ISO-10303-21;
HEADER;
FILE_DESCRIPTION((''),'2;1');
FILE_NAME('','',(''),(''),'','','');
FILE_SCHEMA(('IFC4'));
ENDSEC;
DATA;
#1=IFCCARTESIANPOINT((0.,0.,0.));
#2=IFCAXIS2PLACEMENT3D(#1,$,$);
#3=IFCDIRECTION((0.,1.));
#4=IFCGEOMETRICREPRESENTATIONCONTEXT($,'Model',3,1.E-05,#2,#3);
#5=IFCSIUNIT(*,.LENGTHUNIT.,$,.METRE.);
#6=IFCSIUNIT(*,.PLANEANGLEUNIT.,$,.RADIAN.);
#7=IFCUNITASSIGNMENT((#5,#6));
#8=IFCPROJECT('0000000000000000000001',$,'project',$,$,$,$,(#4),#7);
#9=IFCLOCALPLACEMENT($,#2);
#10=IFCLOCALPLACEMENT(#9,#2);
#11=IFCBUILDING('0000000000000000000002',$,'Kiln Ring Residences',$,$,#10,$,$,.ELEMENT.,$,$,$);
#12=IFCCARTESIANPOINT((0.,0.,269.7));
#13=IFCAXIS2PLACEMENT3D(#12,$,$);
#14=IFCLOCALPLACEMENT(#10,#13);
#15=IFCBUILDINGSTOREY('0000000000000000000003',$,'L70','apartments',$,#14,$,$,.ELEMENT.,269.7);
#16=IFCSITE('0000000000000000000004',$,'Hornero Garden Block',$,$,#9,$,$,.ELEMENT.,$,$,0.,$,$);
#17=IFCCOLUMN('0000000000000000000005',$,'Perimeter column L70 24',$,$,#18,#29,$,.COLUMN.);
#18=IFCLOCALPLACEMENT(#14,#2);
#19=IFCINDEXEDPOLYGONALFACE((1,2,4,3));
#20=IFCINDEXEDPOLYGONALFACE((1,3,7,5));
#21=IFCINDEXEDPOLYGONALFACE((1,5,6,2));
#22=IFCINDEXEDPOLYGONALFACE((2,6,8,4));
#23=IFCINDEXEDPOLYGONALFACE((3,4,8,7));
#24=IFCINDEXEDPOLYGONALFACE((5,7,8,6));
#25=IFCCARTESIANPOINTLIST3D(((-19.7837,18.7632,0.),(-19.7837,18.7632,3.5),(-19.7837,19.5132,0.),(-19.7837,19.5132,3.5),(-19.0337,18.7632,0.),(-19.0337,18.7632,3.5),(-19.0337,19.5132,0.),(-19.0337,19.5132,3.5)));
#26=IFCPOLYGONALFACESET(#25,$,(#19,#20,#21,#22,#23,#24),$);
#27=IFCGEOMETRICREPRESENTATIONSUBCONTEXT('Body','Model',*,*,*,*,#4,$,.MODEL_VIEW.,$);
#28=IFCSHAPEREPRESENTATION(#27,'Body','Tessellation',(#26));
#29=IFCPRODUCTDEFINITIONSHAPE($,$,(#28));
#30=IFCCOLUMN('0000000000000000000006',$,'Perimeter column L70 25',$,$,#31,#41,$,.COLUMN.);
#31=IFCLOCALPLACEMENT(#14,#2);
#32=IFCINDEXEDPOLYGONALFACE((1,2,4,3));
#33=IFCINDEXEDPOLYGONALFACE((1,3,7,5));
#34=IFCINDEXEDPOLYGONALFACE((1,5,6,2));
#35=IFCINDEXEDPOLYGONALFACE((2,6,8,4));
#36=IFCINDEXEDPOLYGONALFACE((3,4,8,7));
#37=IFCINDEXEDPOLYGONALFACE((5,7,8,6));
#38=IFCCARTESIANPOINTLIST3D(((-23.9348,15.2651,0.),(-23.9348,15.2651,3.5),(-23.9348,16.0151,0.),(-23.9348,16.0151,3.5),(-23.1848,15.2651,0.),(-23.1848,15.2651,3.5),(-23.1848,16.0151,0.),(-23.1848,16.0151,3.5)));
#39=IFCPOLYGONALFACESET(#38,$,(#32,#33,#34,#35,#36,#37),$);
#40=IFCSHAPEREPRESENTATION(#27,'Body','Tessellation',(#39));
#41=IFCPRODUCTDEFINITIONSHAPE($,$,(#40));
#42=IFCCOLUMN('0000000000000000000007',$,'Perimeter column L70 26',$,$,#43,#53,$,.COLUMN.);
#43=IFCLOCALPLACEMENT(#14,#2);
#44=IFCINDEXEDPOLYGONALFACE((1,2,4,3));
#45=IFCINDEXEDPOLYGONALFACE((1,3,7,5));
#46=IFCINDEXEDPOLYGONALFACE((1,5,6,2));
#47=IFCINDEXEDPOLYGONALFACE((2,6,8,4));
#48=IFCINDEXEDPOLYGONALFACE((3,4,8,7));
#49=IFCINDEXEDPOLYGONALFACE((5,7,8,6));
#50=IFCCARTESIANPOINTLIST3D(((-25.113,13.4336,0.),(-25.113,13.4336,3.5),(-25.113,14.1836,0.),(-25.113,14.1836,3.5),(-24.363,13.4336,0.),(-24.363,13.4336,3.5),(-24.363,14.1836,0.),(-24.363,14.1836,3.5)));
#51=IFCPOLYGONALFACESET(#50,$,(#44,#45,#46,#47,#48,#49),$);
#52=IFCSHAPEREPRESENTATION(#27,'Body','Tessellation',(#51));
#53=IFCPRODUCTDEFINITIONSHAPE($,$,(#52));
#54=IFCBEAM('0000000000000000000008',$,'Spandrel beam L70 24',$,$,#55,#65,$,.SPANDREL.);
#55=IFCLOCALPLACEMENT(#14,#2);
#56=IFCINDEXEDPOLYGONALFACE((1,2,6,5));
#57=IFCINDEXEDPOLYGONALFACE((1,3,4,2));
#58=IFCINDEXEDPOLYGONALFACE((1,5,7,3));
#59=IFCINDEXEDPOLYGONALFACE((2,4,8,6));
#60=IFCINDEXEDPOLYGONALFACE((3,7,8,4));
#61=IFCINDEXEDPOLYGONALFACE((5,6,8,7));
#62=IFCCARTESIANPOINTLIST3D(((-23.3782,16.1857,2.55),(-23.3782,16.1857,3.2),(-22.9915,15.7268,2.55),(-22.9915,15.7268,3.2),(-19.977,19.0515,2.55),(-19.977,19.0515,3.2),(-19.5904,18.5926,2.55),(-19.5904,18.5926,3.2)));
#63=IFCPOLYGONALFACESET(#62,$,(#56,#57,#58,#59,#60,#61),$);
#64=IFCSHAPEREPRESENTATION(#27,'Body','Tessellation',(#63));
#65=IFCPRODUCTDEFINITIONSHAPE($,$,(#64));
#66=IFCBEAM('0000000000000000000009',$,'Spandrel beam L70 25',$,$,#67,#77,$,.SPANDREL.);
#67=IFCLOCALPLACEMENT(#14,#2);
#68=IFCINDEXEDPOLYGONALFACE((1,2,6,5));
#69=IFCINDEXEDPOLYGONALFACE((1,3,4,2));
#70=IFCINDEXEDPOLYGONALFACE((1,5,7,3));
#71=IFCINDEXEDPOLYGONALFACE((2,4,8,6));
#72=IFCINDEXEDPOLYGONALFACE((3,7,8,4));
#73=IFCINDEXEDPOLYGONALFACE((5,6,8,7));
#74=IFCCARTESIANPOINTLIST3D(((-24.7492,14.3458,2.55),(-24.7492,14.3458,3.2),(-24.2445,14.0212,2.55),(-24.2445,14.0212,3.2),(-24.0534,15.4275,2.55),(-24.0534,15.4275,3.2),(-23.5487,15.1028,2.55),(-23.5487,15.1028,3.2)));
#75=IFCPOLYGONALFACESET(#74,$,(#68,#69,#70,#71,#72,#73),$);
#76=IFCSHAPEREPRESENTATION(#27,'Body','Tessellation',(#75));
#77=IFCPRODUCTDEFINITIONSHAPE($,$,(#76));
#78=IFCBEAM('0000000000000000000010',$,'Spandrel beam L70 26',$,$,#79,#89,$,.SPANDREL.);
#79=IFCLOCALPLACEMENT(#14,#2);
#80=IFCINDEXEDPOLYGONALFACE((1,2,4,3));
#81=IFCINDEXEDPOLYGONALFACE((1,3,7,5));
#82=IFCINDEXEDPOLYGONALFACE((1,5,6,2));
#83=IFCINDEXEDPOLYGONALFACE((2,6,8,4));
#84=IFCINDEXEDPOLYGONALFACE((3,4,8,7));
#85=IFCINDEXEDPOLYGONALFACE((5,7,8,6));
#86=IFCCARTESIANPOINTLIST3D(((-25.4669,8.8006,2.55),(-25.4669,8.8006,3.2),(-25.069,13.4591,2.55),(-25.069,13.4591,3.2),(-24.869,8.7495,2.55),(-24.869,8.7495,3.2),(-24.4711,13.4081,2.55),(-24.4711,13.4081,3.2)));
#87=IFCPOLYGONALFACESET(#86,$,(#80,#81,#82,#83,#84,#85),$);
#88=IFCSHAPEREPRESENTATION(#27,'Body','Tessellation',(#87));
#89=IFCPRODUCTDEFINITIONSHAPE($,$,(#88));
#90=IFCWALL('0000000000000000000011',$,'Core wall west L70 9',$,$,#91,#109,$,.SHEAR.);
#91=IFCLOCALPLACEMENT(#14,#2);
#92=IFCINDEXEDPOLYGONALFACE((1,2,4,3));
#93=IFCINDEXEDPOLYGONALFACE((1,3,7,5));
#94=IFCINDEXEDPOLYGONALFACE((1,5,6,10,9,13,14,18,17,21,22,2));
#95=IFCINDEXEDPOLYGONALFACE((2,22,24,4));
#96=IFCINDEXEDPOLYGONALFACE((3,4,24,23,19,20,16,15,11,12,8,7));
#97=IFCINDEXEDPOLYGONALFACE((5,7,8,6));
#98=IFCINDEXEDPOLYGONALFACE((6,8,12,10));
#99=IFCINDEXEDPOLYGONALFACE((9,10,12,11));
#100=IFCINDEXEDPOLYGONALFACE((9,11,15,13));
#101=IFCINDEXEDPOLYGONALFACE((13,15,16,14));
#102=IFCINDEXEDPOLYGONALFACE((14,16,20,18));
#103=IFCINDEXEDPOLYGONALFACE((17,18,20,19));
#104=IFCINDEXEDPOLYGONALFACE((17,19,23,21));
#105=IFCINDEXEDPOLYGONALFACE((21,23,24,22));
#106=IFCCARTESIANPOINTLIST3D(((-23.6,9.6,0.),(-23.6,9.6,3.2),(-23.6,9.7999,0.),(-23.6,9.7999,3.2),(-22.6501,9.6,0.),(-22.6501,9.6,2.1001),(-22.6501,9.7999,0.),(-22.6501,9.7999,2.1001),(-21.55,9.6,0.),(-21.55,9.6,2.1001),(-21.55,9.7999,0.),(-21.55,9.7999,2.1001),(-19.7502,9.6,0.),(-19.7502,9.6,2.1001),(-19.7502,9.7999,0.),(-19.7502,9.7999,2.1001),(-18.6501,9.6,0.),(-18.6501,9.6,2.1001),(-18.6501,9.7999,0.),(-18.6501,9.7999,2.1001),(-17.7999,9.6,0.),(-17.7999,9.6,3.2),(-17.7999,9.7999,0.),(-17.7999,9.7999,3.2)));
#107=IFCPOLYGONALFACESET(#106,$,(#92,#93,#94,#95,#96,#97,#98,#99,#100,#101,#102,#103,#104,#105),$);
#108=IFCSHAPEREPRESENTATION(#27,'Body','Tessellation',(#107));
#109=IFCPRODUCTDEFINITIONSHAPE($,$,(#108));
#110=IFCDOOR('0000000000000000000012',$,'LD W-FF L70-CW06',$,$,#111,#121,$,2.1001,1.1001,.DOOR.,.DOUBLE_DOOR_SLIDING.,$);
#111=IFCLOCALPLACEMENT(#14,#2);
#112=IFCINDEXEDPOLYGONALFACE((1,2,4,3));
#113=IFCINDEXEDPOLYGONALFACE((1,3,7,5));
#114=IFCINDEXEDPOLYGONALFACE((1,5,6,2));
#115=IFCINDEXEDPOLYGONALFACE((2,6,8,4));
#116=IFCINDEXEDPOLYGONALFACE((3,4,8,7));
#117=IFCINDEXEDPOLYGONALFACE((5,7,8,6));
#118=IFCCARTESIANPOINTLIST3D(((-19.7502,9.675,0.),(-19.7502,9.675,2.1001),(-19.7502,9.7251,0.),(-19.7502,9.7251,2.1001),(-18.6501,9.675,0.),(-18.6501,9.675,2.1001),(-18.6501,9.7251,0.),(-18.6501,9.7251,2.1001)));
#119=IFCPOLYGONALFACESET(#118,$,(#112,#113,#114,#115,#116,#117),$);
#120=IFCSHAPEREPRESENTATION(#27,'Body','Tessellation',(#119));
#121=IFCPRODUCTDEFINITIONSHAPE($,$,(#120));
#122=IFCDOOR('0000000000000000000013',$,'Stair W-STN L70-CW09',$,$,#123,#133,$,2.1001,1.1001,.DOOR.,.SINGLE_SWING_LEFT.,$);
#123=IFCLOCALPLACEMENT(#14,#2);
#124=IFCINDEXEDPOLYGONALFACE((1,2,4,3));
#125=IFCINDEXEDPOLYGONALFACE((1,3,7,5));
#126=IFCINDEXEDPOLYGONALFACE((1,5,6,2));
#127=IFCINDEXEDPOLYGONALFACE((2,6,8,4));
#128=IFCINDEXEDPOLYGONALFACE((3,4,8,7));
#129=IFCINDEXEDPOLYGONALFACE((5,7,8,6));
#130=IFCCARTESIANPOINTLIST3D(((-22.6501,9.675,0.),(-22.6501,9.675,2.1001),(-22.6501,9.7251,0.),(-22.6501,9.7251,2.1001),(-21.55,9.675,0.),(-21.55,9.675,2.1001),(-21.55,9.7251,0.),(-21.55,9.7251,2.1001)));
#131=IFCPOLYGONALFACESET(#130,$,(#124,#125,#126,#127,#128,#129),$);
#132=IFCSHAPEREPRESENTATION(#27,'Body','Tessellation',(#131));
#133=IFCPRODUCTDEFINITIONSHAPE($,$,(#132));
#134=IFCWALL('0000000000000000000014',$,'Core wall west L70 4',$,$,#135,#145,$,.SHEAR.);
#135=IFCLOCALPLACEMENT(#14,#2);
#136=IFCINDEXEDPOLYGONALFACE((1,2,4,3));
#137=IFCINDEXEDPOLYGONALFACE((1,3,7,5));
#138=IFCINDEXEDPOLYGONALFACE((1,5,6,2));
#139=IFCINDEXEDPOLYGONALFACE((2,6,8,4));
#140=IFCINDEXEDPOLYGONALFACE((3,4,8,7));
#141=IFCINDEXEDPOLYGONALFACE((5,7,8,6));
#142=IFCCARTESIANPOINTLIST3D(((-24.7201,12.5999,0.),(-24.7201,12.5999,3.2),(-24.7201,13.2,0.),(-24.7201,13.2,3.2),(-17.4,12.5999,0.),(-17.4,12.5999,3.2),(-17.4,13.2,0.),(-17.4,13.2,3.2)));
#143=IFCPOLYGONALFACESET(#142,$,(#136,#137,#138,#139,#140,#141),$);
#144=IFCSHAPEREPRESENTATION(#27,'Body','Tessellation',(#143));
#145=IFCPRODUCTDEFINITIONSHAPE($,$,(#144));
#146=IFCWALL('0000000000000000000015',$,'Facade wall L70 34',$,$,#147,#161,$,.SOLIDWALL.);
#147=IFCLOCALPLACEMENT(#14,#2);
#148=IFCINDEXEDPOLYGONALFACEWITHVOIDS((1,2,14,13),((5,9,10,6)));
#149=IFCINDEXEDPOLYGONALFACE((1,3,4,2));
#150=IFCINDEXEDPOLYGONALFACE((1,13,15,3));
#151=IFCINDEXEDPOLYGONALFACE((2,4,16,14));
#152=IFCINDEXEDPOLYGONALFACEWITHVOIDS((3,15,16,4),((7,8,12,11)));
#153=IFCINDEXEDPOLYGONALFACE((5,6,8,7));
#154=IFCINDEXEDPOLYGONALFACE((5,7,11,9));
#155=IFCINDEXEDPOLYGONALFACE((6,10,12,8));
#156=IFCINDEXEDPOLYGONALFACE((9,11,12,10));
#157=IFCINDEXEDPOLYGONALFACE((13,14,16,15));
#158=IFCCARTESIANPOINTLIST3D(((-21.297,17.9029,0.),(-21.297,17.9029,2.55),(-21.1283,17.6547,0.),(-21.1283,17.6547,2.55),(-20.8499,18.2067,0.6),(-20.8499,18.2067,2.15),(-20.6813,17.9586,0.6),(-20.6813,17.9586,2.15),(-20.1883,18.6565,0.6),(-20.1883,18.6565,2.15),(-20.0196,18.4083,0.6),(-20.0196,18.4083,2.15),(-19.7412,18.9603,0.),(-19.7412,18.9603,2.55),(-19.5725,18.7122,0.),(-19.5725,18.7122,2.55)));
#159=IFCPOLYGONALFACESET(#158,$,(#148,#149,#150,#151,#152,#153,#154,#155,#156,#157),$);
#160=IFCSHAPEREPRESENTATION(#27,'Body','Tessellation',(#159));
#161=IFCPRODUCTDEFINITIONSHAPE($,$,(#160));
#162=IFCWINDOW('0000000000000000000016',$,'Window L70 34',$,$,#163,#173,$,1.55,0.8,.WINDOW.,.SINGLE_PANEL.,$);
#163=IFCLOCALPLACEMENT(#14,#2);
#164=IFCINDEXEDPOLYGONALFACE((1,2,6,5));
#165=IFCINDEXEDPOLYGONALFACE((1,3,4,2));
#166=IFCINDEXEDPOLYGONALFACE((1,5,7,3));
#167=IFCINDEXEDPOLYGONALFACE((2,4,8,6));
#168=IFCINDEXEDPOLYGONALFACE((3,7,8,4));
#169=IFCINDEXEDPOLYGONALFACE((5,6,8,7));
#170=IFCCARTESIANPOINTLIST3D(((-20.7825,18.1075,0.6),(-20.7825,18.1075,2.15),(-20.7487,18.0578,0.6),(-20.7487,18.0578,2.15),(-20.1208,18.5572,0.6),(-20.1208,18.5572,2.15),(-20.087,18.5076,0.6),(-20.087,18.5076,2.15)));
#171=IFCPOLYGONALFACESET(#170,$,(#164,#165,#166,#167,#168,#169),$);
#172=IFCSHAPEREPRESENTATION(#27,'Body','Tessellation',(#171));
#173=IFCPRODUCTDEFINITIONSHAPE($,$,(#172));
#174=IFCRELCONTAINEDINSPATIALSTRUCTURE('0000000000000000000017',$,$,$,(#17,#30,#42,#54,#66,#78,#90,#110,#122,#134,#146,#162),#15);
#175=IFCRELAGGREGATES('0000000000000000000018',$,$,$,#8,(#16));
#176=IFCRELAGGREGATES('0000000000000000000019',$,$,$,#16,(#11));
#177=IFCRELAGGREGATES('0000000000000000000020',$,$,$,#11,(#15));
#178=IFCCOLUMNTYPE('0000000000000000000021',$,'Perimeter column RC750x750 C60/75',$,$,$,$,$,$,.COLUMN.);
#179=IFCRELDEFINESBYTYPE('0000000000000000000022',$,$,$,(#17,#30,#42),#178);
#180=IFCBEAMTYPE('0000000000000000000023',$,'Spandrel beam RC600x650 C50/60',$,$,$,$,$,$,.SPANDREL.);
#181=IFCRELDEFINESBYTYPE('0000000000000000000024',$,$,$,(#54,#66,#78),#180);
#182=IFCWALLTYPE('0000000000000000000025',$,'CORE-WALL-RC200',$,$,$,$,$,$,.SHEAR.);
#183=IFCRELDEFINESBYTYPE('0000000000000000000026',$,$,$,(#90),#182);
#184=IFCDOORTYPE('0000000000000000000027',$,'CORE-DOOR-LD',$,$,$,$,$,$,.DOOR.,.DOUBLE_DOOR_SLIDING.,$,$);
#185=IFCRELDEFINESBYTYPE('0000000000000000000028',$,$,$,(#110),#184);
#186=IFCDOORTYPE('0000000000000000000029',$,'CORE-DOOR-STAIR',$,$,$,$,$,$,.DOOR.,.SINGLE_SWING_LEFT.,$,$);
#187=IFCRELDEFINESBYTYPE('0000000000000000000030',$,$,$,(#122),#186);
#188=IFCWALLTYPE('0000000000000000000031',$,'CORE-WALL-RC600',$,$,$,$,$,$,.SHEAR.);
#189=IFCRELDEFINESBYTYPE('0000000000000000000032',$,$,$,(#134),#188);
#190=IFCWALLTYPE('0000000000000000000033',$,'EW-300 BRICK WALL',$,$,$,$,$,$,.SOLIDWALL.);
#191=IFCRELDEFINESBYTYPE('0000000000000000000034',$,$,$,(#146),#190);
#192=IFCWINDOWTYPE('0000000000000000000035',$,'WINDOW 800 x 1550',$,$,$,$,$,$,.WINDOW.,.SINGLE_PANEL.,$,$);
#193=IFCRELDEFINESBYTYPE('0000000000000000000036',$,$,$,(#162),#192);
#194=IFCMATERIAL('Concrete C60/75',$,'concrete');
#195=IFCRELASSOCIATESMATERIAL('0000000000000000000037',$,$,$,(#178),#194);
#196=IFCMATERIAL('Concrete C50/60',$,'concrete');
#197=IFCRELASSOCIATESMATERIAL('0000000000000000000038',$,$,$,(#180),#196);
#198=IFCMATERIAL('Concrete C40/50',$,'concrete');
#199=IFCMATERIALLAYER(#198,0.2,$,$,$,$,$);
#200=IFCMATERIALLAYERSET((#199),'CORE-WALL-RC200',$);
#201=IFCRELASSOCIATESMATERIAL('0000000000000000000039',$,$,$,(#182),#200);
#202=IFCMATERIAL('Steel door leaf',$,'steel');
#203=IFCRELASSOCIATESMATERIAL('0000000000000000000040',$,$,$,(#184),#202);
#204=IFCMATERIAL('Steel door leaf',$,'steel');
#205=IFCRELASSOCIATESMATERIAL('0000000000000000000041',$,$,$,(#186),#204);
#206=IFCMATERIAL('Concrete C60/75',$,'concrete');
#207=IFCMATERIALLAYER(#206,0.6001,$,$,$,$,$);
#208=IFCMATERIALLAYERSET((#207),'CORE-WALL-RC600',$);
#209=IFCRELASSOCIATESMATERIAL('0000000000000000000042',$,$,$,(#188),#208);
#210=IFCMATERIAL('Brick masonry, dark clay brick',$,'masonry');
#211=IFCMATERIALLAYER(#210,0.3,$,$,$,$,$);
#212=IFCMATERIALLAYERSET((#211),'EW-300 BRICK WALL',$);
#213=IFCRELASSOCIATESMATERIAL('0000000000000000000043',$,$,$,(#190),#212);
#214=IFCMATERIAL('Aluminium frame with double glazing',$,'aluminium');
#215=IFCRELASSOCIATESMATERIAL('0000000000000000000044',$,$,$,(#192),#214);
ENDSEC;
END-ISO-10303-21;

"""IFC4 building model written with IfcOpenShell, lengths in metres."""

from ifc_helpers import new_model, si_unit, direction, frame, frame_2d, origin, origin_2d, place, context, subcontext, project, spatial, rectangle, extrude, material, layer, layer_set, material_profile, profile_set, type_object, element, fill, save


model = new_model("IFC4")

# Units and contexts
model_context = context("Model", 3, precision=1e-05, world=origin(), true_north=direction((0.0, 1.0)))
body_context = subcontext(model_context, "Body", "Model", "MODEL_VIEW")
ifc_project = project(units=[si_unit("LENGTHUNIT", "METRE"), si_unit("PLANEANGLEUNIT", "RADIAN")], contexts=[model_context])

# Site, building, storey
site_placement = place(None, origin())
site = spatial("IfcSite", under=ifc_project, at=site_placement, Name="Hornero Garden Block", CompositionType="ELEMENT", RefElevation=0.0)
building_placement = place(site_placement, origin())
building = spatial("IfcBuilding", under=site, at=building_placement, Name="Kiln Ring Residences", CompositionType="ELEMENT")
storey_placement = place(building_placement, frame((0.0, 0.0, 269.7)))
storey = spatial("IfcBuildingStorey", under=building, at=storey_placement, Name="L70", Description="apartments", CompositionType="ELEMENT", Elevation=269.7)

# Columns
ifc_material_1 = material(Name="Concrete C60/75", Category="concrete")
ifc_material_profile_1 = material_profile(ifc_material_1, rectangle(XDim=0.75, YDim=0.75, at=origin_2d()), Name="RC750x750")
ifc_profile_set_1 = profile_set([ifc_material_profile_1], Name="Concrete C60/75")
column_type = type_object("IfcColumnType", Name="Perimeter column RC750x750 C60/75", PredefinedType="COLUMN", material=ifc_profile_set_1)
for number, where, z_axis, x_axis, name in (
    (1, (-19.4087, 19.1382, 0.0), (0.0, 0.0, 1.0), (1.0, 0.0, 0.0), "Perimeter column L70 24"),
    (2, (-23.5598, 15.6401, 0.0), (0.0, 0.0, 1.0), (1.0, 0.0, 0.0), "Perimeter column L70 25"),
    (3, (-24.738, 13.8086, 0.0), (0.0, 0.0, 1.0), (1.0, 0.0, 0.0), "Perimeter column L70 26"),
):
    element("IfcColumn", number, at=place(storey_placement, frame(where, z_axis=z_axis, x_axis=x_axis)), inside=storey, type_object=column_type, Name=name, PredefinedType="COLUMN", context=body_context, shape_type="SweptSolid", body=[
        extrude(rectangle(XDim=0.75, YDim=0.75, at=origin_2d()), origin(), (0.0, 0.0, 1.0), 3.5),
    ])

# Beams
ifc_material_2 = material(Name="Concrete C50/60", Category="concrete")
ifc_material_profile_2 = material_profile(ifc_material_2, rectangle(XDim=0.6001, YDim=0.6499, at=origin_2d()), Name="RC600x650")
ifc_profile_set_2 = profile_set([ifc_material_profile_2], Name="Concrete C50/60")
beam_type = type_object("IfcBeamType", Name="Spandrel beam RC600x650 C50/60", PredefinedType="SPANDREL", material=ifc_profile_set_2)
beam_1_placement = place(storey_placement, frame((-19.7837, 18.822, 2.875), z_axis=(-0.764732, -0.644349, 0.0), x_axis=(0.644349, -0.764732, 0.0)))
element("IfcBeam", 4, at=beam_1_placement, inside=storey, type_object=beam_type, Name="Spandrel beam L70 24", PredefinedType="SPANDREL", context=body_context, shape_type="SweptSolid", body=[
    extrude(rectangle(XDim=0.6001, YDim=0.6499, at=origin_2d()), origin(), (0.0, 0.0, 1.0), 4.4475),
])
beam_2_placement = place(storey_placement, frame((-23.801, 15.2651, 2.875), z_axis=(-0.541045, -0.840993, 0.0), x_axis=(0.840993, -0.541045, 0.0)))
element("IfcBeam", 5, at=beam_2_placement, inside=storey, type_object=beam_type, Name="Spandrel beam L70 25", PredefinedType="SPANDREL", context=body_context, shape_type="SweptSolid", body=[
    extrude(rectangle(XDim=0.6001, YDim=0.6499, at=origin_2d()), origin(), (0.0, 0.0, 1.0), 1.2861),
])
beam_3_placement = place(storey_placement, frame((-24.77, 13.4336, 2.875), z_axis=(-0.085111, -0.996371, 0.0), x_axis=(0.996371, -0.085111, 0.0)))
element("IfcBeam", 6, at=beam_3_placement, inside=storey, type_object=beam_type, Name="Spandrel beam L70 26", PredefinedType="SPANDREL", context=body_context, shape_type="SweptSolid", body=[
    extrude(rectangle(XDim=0.6001, YDim=0.6499, at=origin_2d()), origin(), (0.0, 0.0, 1.0), 4.6755),
])

# Wall, openings, doors
ifc_material_3 = material(Name="Concrete C40/50", Category="concrete")
ifc_layer_1 = layer(ifc_material_3, 0.2)
ifc_layer_set_1 = layer_set([ifc_layer_1], Name="CORE-WALL-RC200")
wall_type_1 = type_object("IfcWallType", Name="CORE-WALL-RC200", PredefinedType="SHEAR", material=ifc_layer_set_1)
wall_1_placement = place(storey_placement, frame((-17.8, 9.7, 0.0), z_axis=(0.0, 0.0, 1.0), x_axis=(-1.0, 0.0, 0.0)))
wall_1 = element("IfcWall", 7, at=wall_1_placement, inside=storey, type_object=wall_type_1, Name="Core wall west L70 9", PredefinedType="SHEAR", context=body_context, shape_type="SweptSolid", body=[
    extrude(rectangle(XDim=5.8, YDim=0.2, at=frame_2d((2.8999, 0.0))), origin(), (0.0, 0.0, 1.0), 3.2),
])
opening_1_placement = place(wall_1_placement, frame((0.8501, 0.0, 0.0)))
opening_1 = element("IfcOpeningElement", 8, at=opening_1_placement, cuts=wall_1, PredefinedType="OPENING", context=body_context, shape_type="SweptSolid", body=[
    extrude(rectangle(XDim=1.1001, YDim=2.1001, at=frame_2d((0.55, 1.05))), frame((0.0, 0.1099, 0.0), z_axis=(0.0, -1.0, 0.0), x_axis=(1.0, 0.0, 0.0)), (0.0, 0.0, 1.0), 0.22),
])
opening_2_placement = place(wall_1_placement, frame((3.75, 0.0, 0.0)))
opening_2 = element("IfcOpeningElement", 9, at=opening_2_placement, cuts=wall_1, PredefinedType="OPENING", context=body_context, shape_type="SweptSolid", body=[
    extrude(rectangle(XDim=1.1001, YDim=2.1001, at=frame_2d((0.55, 1.05))), frame((0.0, 0.1099, 0.0), z_axis=(0.0, -1.0, 0.0), x_axis=(1.0, 0.0, 0.0)), (0.0, 0.0, 1.0), 0.22),
])
ifc_material_4 = material(Name="Steel door leaf", Category="steel")
door_type_1 = type_object("IfcDoorType", Name="CORE-DOOR-LD", OperationType="DOUBLE_DOOR_SLIDING", PredefinedType="DOOR", material=ifc_material_4)
door_1_placement = place(opening_1_placement, origin())
door_1 = element("IfcDoor", 10, at=door_1_placement, inside=storey, type_object=door_type_1, Name="LD W-FF L70-CW06", OperationType="DOUBLE_DOOR_SLIDING", OverallHeight=2.1001, OverallWidth=1.1001, PredefinedType="DOOR", context=body_context, shape_type="SweptSolid", body=[
    extrude(rectangle(XDim=1.1001, YDim=2.1001, at=frame_2d((0.55, 1.05))), frame((0.0, 0.0249, 0.0), z_axis=(0.0, -1.0, 0.0), x_axis=(1.0, 0.0, 0.0)), (0.0, 0.0, 1.0), 0.05),
])
fill(opening_1, door_1)
ifc_material_5 = material(Name="Steel door leaf", Category="steel")
door_type_2 = type_object("IfcDoorType", Name="CORE-DOOR-STAIR", OperationType="SINGLE_SWING_LEFT", PredefinedType="DOOR", material=ifc_material_5)
door_2_placement = place(opening_2_placement, origin())
door_2 = element("IfcDoor", 11, at=door_2_placement, inside=storey, type_object=door_type_2, Name="Stair W-STN L70-CW09", OperationType="SINGLE_SWING_LEFT", OverallHeight=2.1001, OverallWidth=1.1001, PredefinedType="DOOR", context=body_context, shape_type="SweptSolid", body=[
    extrude(rectangle(XDim=1.1001, YDim=2.1001, at=frame_2d((0.55, 1.05))), frame((0.0, 0.0249, 0.0), z_axis=(0.0, -1.0, 0.0), x_axis=(1.0, 0.0, 0.0)), (0.0, 0.0, 1.0), 0.05),
])
fill(opening_2, door_2)

# Wall
ifc_material_6 = material(Name="Concrete C60/75", Category="concrete")
ifc_layer_2 = layer(ifc_material_6, 0.6001)
ifc_layer_set_2 = layer_set([ifc_layer_2], Name="CORE-WALL-RC600")
wall_type_2 = type_object("IfcWallType", Name="CORE-WALL-RC600", PredefinedType="SHEAR", material=ifc_layer_set_2)
wall_2_placement = place(storey_placement, frame((-17.3999, 12.8999, 0.0), z_axis=(0.0, 0.0, 1.0), x_axis=(-1.0, 0.0, 0.0)))
element("IfcWall", 12, at=wall_2_placement, inside=storey, type_object=wall_type_2, Name="Core wall west L70 4", PredefinedType="SHEAR", context=body_context, shape_type="SweptSolid", body=[
    extrude(rectangle(XDim=7.3201, YDim=0.6001, at=frame_2d((3.6602, 0.0))), origin(), (0.0, 0.0, 1.0), 3.2),
])

# Wall, opening, window
ifc_material_7 = material(Name="Brick masonry, dark clay brick", Category="masonry")
ifc_layer_3 = layer(ifc_material_7, 0.3)
ifc_layer_set_3 = layer_set([ifc_layer_3], Name="EW-300 BRICK WALL")
wall_type_3 = type_object("IfcWallType", Name="EW-300 BRICK WALL", PredefinedType="SOLIDWALL", material=ifc_layer_set_3)
wall_3_placement = place(storey_placement, frame((-19.657, 18.8362, 0.0), z_axis=(0.0, 0.0, 1.0), x_axis=(-0.827045, -0.562136, 0.0)))
wall_3 = element("IfcWall", 13, at=wall_3_placement, inside=storey, type_object=wall_type_3, Name="Facade wall L70 34", PredefinedType="SOLIDWALL", context=body_context, shape_type="SweptSolid", body=[
    extrude(rectangle(XDim=1.8811, YDim=0.3, at=frame_2d((0.9404, 0.0))), origin(), (0.0, 0.0, 1.0), 2.55),
])
opening_3_placement = place(wall_3_placement, frame((0.5405, 0.0, 0.6001)))
opening_3 = element("IfcOpeningElement", 14, at=opening_3_placement, cuts=wall_3, PredefinedType="OPENING", context=body_context, shape_type="SweptSolid", body=[
    extrude(rectangle(XDim=0.8, YDim=1.55, at=frame_2d((0.3999, 0.7749))), frame((0.0, 0.1599, 0.0), z_axis=(0.0, -1.0, 0.0), x_axis=(1.0, 0.0, 0.0)), (0.0, 0.0, 1.0), 0.3201),
])
ifc_material_8 = material(Name="Aluminium frame with double glazing", Category="aluminium")
window_type_1 = type_object("IfcWindowType", Name="WINDOW 800 x 1550", PartitioningType="SINGLE_PANEL", PredefinedType="WINDOW", material=ifc_material_8)
window_1_placement = place(opening_3_placement, origin())
window_1 = element("IfcWindow", 15, at=window_1_placement, inside=storey, type_object=window_type_1, Name="Window L70 34", OverallHeight=1.55, OverallWidth=0.8, PartitioningType="SINGLE_PANEL", PredefinedType="WINDOW", context=body_context, shape_type="SweptSolid", body=[
    extrude(rectangle(XDim=0.8, YDim=1.55, at=frame_2d((0.3999, 0.7749))), frame((0.0, 0.03, 0.0), z_axis=(0.0, -1.0, 0.0), x_axis=(1.0, 0.0, 0.0)), (0.0, 0.0, 1.0), 0.0601),
])
fill(opening_3, window_1)

save(model, "model.ifc")
